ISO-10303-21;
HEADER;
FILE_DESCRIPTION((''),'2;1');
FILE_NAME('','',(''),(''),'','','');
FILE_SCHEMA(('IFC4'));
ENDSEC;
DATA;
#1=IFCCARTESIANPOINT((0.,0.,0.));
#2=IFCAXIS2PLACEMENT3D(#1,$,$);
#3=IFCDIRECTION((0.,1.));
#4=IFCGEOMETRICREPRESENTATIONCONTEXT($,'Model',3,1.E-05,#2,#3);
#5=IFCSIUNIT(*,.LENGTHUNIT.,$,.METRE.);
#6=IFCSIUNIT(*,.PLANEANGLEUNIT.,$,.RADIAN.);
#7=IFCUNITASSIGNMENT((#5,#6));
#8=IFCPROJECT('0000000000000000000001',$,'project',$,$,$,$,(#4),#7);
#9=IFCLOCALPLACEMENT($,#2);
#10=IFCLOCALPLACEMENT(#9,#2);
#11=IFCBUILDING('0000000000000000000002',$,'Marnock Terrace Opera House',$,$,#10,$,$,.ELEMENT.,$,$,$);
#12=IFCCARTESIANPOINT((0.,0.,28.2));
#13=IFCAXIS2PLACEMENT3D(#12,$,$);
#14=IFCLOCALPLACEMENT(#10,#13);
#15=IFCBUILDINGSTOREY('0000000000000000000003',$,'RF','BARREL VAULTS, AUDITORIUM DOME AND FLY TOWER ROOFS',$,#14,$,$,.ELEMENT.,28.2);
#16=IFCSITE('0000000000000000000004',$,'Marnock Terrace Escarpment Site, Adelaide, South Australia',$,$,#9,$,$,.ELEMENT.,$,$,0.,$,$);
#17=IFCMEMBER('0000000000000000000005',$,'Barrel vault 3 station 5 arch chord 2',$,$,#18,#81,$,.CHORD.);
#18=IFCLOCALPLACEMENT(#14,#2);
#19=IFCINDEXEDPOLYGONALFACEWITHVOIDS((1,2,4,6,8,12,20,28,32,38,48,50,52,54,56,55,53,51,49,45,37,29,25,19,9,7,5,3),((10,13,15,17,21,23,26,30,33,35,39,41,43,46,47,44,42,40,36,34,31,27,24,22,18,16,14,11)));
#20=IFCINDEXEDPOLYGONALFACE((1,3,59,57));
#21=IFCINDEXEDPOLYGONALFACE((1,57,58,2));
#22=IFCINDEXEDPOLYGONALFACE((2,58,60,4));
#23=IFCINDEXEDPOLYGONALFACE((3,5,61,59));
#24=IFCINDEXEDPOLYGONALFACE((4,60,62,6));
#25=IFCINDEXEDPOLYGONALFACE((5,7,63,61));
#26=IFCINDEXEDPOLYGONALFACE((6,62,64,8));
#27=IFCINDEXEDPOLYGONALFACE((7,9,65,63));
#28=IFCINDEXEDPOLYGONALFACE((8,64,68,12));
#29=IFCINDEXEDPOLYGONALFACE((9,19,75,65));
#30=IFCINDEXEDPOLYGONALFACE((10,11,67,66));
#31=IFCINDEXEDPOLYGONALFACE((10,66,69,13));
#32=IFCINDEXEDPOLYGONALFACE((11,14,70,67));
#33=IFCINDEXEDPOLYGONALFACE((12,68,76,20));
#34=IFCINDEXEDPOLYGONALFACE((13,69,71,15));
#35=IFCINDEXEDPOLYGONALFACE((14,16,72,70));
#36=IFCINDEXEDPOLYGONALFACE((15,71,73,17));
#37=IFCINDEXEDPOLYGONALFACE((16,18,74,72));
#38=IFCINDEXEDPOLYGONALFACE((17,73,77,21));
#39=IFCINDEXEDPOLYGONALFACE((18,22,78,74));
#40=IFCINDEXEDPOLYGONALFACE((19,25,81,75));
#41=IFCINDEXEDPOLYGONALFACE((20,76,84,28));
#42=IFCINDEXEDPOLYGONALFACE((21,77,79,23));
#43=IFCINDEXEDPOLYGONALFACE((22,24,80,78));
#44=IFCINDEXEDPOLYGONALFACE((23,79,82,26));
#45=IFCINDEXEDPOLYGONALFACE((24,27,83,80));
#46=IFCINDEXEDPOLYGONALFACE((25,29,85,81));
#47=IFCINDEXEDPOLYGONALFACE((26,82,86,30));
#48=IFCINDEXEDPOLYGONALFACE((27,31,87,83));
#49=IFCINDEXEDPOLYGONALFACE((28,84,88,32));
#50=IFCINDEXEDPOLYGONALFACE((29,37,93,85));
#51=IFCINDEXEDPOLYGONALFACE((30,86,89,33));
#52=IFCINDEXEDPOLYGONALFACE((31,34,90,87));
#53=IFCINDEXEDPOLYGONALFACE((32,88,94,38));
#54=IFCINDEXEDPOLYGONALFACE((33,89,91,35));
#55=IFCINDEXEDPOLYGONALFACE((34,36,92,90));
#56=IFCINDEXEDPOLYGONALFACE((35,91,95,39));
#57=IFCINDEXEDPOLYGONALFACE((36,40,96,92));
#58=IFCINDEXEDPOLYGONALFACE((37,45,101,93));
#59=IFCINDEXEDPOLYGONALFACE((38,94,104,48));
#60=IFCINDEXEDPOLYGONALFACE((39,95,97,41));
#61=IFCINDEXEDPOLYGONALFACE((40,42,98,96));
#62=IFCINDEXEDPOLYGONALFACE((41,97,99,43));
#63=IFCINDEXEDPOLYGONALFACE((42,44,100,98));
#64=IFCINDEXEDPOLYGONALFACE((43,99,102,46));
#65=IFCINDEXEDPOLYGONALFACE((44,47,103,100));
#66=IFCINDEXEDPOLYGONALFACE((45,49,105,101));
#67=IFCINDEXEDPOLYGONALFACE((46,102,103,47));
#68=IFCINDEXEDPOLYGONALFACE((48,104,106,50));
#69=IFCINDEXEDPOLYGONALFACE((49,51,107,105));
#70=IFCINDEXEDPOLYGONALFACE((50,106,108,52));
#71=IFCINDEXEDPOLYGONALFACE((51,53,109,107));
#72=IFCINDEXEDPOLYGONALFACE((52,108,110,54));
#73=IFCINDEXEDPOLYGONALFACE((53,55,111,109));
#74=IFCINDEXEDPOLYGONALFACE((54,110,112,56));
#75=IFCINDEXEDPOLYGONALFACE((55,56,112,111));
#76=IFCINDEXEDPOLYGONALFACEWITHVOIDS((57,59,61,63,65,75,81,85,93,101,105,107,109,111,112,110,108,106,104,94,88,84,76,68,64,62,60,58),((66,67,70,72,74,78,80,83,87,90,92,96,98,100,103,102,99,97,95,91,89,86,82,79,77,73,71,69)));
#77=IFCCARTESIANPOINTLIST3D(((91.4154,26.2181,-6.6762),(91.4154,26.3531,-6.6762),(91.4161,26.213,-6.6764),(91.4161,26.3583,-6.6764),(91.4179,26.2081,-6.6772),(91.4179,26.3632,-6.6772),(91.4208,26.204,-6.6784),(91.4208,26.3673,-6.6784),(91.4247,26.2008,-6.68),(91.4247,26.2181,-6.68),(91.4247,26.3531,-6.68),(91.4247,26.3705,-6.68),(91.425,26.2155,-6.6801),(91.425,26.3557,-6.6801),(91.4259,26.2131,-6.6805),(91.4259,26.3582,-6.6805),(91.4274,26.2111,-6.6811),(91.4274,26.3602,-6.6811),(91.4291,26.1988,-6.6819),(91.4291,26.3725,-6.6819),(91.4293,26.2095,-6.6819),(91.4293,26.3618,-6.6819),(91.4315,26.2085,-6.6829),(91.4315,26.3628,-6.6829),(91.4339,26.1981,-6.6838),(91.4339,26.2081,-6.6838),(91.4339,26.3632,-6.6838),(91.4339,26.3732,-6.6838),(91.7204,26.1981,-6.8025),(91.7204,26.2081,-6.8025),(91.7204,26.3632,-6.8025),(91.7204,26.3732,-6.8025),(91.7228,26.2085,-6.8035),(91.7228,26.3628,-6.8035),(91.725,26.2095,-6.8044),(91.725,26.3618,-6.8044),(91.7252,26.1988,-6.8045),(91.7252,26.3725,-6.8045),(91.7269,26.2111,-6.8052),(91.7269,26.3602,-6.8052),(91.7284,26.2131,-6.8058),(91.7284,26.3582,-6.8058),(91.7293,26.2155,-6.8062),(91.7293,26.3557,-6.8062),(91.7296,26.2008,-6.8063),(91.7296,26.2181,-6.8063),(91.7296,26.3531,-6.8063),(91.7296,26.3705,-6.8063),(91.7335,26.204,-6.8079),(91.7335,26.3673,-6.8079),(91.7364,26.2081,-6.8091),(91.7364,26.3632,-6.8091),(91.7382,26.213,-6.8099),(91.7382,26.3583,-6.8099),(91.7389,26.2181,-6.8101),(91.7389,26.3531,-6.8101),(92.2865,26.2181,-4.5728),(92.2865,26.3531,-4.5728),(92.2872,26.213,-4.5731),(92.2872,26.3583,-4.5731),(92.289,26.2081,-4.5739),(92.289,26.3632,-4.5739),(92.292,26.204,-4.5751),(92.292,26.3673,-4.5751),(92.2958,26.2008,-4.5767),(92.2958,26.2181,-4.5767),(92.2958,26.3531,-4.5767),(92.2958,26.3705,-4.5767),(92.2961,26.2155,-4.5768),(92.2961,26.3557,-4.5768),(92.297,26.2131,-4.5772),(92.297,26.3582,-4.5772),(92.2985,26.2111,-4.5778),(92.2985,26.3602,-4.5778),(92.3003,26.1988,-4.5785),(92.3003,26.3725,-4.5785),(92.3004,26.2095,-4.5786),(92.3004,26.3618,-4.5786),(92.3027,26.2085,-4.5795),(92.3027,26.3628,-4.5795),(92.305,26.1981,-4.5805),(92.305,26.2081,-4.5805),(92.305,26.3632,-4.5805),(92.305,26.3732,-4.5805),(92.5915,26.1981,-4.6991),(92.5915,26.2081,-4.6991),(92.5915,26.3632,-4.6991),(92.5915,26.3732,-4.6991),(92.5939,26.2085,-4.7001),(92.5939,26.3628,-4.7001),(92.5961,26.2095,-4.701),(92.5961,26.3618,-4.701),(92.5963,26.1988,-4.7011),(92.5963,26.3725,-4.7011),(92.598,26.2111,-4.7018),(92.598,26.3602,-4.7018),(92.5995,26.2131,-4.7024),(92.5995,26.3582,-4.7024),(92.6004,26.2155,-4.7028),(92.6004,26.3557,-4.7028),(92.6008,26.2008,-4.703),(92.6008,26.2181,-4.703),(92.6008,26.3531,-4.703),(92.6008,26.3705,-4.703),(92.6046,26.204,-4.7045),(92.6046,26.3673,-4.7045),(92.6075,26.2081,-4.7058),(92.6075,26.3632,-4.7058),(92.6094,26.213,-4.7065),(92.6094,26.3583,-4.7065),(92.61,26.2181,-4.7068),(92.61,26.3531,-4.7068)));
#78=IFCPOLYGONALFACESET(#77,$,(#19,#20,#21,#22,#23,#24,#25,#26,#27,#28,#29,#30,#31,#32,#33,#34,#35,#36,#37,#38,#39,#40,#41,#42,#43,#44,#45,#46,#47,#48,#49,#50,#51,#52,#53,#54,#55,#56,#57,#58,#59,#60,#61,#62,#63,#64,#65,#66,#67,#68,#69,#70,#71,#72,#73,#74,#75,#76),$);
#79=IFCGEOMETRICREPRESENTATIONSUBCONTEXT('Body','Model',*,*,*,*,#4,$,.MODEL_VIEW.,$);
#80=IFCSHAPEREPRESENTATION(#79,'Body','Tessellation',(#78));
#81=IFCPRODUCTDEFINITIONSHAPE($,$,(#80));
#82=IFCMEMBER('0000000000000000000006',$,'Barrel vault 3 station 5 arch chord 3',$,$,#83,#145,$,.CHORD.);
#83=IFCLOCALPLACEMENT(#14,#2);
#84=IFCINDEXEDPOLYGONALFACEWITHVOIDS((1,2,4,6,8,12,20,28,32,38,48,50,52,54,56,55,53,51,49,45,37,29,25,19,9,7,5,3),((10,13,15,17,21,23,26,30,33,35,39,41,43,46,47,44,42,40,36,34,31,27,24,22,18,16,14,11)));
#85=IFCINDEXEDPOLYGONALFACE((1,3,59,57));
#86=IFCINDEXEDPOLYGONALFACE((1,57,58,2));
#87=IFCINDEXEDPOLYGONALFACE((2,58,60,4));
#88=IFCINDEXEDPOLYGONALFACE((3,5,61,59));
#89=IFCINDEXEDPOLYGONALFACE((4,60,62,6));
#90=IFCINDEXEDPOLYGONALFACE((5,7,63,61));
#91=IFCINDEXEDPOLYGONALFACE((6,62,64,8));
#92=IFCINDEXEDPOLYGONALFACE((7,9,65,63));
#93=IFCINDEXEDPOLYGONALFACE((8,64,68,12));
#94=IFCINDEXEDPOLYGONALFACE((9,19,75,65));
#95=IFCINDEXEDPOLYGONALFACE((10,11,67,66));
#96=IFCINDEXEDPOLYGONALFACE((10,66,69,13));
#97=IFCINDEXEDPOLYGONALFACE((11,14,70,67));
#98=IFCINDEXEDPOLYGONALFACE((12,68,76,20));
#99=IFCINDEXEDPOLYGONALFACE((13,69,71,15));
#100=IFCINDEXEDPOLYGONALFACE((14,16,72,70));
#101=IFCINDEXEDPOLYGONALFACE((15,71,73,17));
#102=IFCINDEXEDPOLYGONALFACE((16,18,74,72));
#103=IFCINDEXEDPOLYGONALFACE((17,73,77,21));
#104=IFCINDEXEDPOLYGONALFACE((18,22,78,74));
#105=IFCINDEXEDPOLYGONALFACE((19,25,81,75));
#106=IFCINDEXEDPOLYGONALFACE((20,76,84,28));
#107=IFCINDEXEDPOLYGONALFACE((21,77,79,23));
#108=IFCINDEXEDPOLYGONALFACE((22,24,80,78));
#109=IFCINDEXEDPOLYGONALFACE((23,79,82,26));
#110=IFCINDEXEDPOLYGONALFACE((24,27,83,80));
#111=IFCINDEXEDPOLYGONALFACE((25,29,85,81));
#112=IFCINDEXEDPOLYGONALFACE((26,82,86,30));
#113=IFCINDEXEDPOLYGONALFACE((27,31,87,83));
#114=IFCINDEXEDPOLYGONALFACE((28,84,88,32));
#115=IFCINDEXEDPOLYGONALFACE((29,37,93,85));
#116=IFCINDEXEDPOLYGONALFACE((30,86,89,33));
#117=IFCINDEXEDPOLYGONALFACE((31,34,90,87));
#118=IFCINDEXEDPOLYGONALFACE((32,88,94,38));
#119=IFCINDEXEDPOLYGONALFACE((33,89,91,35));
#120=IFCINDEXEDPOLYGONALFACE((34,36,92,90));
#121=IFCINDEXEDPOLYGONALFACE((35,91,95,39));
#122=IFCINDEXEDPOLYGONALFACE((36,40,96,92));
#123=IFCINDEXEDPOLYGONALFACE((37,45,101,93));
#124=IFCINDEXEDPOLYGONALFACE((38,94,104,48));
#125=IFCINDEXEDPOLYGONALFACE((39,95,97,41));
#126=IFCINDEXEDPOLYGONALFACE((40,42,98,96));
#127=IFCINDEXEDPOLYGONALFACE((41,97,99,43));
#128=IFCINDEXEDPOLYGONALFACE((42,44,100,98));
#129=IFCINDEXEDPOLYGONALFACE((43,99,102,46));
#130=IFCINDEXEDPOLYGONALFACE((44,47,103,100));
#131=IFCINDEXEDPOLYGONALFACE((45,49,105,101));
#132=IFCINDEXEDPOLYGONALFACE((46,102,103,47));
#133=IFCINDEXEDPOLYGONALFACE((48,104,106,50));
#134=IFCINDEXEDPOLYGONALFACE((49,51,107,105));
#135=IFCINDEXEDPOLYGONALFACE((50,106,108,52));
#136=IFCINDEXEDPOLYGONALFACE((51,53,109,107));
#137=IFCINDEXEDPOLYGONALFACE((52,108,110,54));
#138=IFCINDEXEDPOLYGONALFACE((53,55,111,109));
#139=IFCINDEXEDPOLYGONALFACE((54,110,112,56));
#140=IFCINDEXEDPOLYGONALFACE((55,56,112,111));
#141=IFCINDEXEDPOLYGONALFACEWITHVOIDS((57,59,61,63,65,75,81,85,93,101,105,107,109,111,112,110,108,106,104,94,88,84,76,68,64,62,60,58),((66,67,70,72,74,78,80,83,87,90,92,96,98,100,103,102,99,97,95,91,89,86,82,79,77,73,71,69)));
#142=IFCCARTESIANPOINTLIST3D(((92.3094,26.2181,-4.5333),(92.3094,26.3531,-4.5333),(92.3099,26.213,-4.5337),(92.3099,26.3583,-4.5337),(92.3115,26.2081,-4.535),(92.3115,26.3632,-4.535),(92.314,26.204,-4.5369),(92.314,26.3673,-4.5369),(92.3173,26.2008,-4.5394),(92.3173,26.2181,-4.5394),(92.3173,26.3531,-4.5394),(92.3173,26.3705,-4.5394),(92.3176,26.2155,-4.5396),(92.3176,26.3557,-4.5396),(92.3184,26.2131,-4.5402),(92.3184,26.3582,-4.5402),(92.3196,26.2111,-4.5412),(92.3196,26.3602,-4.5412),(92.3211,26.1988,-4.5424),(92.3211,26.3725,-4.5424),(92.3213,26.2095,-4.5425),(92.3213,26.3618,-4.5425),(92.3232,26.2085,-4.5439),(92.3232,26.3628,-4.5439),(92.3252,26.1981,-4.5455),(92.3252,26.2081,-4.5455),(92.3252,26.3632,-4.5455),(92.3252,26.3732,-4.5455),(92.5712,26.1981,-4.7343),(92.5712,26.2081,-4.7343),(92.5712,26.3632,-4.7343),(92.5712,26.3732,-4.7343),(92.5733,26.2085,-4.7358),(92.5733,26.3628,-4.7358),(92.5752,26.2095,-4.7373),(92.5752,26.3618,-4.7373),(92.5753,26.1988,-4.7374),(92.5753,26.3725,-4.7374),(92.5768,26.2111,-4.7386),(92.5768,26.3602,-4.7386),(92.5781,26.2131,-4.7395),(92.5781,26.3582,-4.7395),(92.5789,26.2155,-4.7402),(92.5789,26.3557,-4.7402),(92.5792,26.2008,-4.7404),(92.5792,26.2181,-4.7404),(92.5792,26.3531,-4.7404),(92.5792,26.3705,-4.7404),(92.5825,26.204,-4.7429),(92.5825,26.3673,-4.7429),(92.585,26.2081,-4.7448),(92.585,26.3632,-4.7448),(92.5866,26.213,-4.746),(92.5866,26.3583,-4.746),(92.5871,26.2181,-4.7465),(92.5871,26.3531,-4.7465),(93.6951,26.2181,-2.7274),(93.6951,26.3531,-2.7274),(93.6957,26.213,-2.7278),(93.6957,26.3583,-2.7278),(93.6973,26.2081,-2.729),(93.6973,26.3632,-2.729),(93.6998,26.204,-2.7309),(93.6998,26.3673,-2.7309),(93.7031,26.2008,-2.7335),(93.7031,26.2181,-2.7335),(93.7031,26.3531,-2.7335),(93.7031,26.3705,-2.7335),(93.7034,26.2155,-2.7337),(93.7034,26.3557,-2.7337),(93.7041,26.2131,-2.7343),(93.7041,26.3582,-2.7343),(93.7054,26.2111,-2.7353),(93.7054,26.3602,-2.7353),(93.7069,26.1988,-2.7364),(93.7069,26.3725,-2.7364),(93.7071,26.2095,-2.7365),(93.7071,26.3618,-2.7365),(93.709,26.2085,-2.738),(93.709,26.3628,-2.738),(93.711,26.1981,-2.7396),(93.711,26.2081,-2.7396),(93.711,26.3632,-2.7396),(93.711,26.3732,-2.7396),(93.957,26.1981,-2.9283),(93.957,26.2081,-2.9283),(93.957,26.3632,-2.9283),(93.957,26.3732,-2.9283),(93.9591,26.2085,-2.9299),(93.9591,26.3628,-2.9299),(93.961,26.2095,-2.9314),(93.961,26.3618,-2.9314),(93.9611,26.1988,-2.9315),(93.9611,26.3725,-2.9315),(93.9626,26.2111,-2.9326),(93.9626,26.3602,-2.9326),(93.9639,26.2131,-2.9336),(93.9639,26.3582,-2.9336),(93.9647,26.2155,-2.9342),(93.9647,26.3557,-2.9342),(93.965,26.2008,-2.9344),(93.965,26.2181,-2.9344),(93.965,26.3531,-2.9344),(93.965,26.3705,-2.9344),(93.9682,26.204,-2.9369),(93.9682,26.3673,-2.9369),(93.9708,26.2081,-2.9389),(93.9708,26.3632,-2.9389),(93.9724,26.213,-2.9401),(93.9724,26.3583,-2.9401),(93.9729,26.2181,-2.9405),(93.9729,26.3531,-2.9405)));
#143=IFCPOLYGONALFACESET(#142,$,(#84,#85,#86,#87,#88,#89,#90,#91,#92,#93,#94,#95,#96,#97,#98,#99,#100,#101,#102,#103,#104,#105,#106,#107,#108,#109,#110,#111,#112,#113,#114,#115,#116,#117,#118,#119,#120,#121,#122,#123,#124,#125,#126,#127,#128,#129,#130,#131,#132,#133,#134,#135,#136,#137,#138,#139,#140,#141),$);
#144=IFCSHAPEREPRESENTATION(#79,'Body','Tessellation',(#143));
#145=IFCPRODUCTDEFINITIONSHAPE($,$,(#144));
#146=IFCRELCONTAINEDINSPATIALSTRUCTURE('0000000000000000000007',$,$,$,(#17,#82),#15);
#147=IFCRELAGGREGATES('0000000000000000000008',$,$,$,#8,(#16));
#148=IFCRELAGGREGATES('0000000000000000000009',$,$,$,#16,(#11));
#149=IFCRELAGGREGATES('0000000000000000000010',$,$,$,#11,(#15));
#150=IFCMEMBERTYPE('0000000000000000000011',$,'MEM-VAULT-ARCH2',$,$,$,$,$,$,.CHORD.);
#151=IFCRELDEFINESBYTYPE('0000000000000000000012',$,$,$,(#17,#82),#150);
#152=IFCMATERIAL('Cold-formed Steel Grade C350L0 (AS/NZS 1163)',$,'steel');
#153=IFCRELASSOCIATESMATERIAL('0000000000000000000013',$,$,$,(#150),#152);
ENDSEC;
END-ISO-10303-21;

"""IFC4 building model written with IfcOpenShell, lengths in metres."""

from ifc_helpers import new_model, si_unit, direction, frame, origin, origin_2d, place, context, subcontext, project, spatial, hollow_rectangle, extrude, material, material_profile, profile_set, type_object, element, save


model = new_model("IFC4")

# Units and contexts
model_context = context("Model", 3, precision=1e-05, world=origin(), true_north=direction((0.0, 1.0)))
body_context = subcontext(model_context, "Body", "Model", "MODEL_VIEW")
ifc_project = project(units=[si_unit("LENGTHUNIT", "METRE"), si_unit("PLANEANGLEUNIT", "RADIAN")], contexts=[model_context])

# Site, building, storey
site_placement = place(None, origin())
site = spatial("IfcSite", under=ifc_project, at=site_placement, Name="Marnock Terrace Escarpment Site, Adelaide, South Australia", CompositionType="ELEMENT", RefElevation=0.0)
building_placement = place(site_placement, origin())
building = spatial("IfcBuilding", under=site, at=building_placement, Name="Marnock Terrace Opera House", CompositionType="ELEMENT")
storey_placement = place(building_placement, frame((0.0, 0.0, 28.2)))
storey = spatial("IfcBuildingStorey", under=building, at=storey_placement, Name="RF", Description="BARREL VAULTS, AUDITORIUM DOME AND FLY TOWER ROOFS", CompositionType="ELEMENT", Elevation=28.2)

# Members
ifc_material = material(Name="Cold-formed Steel Grade C350L0 (AS/NZS 1163)", Category="steel")
ifc_material_profile_1 = material_profile(ifc_material, hollow_rectangle(XDim=0.175, YDim=0.3501, WallThickness=0.01, InnerFilletRadius=0.01, OuterFilletRadius=0.02, at=origin_2d()))
ifc_profile_set_1 = profile_set([ifc_material_profile_1], Name="Cold-formed Steel Grade C350L0 (AS/NZS 1163)")
member_type_1 = type_object("IfcMemberType", Name="MEM-VAULT-ARCH2", PredefinedType="CHORD", material=ifc_profile_set_1)
member_1_placement = place(storey_placement, frame((91.5771, 26.2856, -6.7432), z_axis=(0.382642, 0.0, 0.923897), x_axis=(0.0, 1.0, 0.0)))
element("IfcMember", 1, at=member_1_placement, inside=storey, type_object=member_type_1, Name="Barrel vault 3 station 5 arch chord 2", PredefinedType="CHORD", context=body_context, shape_type="SweptSolid", body=[
    extrude(hollow_rectangle(XDim=0.175, YDim=0.3501, WallThickness=0.01, InnerFilletRadius=0.01, OuterFilletRadius=0.02, at=origin_2d()), origin(), (0.0, 0.0, 1.0), 2.2766),
])
member_2_placement = place(storey_placement, frame((92.4482, 26.2856, -4.6399), z_axis=(0.608767, 0.0, 0.793349), x_axis=(0.0, 1.0, 0.0)))
element("IfcMember", 2, at=member_2_placement, inside=storey, type_object=member_type_1, Name="Barrel vault 3 station 5 arch chord 3", PredefinedType="CHORD", context=body_context, shape_type="SweptSolid", body=[
    extrude(hollow_rectangle(XDim=0.175, YDim=0.3501, WallThickness=0.01, InnerFilletRadius=0.01, OuterFilletRadius=0.02, at=origin_2d()), origin(), (0.0, 0.0, 1.0), 2.2764),
])

save(model, "model.ifc")
